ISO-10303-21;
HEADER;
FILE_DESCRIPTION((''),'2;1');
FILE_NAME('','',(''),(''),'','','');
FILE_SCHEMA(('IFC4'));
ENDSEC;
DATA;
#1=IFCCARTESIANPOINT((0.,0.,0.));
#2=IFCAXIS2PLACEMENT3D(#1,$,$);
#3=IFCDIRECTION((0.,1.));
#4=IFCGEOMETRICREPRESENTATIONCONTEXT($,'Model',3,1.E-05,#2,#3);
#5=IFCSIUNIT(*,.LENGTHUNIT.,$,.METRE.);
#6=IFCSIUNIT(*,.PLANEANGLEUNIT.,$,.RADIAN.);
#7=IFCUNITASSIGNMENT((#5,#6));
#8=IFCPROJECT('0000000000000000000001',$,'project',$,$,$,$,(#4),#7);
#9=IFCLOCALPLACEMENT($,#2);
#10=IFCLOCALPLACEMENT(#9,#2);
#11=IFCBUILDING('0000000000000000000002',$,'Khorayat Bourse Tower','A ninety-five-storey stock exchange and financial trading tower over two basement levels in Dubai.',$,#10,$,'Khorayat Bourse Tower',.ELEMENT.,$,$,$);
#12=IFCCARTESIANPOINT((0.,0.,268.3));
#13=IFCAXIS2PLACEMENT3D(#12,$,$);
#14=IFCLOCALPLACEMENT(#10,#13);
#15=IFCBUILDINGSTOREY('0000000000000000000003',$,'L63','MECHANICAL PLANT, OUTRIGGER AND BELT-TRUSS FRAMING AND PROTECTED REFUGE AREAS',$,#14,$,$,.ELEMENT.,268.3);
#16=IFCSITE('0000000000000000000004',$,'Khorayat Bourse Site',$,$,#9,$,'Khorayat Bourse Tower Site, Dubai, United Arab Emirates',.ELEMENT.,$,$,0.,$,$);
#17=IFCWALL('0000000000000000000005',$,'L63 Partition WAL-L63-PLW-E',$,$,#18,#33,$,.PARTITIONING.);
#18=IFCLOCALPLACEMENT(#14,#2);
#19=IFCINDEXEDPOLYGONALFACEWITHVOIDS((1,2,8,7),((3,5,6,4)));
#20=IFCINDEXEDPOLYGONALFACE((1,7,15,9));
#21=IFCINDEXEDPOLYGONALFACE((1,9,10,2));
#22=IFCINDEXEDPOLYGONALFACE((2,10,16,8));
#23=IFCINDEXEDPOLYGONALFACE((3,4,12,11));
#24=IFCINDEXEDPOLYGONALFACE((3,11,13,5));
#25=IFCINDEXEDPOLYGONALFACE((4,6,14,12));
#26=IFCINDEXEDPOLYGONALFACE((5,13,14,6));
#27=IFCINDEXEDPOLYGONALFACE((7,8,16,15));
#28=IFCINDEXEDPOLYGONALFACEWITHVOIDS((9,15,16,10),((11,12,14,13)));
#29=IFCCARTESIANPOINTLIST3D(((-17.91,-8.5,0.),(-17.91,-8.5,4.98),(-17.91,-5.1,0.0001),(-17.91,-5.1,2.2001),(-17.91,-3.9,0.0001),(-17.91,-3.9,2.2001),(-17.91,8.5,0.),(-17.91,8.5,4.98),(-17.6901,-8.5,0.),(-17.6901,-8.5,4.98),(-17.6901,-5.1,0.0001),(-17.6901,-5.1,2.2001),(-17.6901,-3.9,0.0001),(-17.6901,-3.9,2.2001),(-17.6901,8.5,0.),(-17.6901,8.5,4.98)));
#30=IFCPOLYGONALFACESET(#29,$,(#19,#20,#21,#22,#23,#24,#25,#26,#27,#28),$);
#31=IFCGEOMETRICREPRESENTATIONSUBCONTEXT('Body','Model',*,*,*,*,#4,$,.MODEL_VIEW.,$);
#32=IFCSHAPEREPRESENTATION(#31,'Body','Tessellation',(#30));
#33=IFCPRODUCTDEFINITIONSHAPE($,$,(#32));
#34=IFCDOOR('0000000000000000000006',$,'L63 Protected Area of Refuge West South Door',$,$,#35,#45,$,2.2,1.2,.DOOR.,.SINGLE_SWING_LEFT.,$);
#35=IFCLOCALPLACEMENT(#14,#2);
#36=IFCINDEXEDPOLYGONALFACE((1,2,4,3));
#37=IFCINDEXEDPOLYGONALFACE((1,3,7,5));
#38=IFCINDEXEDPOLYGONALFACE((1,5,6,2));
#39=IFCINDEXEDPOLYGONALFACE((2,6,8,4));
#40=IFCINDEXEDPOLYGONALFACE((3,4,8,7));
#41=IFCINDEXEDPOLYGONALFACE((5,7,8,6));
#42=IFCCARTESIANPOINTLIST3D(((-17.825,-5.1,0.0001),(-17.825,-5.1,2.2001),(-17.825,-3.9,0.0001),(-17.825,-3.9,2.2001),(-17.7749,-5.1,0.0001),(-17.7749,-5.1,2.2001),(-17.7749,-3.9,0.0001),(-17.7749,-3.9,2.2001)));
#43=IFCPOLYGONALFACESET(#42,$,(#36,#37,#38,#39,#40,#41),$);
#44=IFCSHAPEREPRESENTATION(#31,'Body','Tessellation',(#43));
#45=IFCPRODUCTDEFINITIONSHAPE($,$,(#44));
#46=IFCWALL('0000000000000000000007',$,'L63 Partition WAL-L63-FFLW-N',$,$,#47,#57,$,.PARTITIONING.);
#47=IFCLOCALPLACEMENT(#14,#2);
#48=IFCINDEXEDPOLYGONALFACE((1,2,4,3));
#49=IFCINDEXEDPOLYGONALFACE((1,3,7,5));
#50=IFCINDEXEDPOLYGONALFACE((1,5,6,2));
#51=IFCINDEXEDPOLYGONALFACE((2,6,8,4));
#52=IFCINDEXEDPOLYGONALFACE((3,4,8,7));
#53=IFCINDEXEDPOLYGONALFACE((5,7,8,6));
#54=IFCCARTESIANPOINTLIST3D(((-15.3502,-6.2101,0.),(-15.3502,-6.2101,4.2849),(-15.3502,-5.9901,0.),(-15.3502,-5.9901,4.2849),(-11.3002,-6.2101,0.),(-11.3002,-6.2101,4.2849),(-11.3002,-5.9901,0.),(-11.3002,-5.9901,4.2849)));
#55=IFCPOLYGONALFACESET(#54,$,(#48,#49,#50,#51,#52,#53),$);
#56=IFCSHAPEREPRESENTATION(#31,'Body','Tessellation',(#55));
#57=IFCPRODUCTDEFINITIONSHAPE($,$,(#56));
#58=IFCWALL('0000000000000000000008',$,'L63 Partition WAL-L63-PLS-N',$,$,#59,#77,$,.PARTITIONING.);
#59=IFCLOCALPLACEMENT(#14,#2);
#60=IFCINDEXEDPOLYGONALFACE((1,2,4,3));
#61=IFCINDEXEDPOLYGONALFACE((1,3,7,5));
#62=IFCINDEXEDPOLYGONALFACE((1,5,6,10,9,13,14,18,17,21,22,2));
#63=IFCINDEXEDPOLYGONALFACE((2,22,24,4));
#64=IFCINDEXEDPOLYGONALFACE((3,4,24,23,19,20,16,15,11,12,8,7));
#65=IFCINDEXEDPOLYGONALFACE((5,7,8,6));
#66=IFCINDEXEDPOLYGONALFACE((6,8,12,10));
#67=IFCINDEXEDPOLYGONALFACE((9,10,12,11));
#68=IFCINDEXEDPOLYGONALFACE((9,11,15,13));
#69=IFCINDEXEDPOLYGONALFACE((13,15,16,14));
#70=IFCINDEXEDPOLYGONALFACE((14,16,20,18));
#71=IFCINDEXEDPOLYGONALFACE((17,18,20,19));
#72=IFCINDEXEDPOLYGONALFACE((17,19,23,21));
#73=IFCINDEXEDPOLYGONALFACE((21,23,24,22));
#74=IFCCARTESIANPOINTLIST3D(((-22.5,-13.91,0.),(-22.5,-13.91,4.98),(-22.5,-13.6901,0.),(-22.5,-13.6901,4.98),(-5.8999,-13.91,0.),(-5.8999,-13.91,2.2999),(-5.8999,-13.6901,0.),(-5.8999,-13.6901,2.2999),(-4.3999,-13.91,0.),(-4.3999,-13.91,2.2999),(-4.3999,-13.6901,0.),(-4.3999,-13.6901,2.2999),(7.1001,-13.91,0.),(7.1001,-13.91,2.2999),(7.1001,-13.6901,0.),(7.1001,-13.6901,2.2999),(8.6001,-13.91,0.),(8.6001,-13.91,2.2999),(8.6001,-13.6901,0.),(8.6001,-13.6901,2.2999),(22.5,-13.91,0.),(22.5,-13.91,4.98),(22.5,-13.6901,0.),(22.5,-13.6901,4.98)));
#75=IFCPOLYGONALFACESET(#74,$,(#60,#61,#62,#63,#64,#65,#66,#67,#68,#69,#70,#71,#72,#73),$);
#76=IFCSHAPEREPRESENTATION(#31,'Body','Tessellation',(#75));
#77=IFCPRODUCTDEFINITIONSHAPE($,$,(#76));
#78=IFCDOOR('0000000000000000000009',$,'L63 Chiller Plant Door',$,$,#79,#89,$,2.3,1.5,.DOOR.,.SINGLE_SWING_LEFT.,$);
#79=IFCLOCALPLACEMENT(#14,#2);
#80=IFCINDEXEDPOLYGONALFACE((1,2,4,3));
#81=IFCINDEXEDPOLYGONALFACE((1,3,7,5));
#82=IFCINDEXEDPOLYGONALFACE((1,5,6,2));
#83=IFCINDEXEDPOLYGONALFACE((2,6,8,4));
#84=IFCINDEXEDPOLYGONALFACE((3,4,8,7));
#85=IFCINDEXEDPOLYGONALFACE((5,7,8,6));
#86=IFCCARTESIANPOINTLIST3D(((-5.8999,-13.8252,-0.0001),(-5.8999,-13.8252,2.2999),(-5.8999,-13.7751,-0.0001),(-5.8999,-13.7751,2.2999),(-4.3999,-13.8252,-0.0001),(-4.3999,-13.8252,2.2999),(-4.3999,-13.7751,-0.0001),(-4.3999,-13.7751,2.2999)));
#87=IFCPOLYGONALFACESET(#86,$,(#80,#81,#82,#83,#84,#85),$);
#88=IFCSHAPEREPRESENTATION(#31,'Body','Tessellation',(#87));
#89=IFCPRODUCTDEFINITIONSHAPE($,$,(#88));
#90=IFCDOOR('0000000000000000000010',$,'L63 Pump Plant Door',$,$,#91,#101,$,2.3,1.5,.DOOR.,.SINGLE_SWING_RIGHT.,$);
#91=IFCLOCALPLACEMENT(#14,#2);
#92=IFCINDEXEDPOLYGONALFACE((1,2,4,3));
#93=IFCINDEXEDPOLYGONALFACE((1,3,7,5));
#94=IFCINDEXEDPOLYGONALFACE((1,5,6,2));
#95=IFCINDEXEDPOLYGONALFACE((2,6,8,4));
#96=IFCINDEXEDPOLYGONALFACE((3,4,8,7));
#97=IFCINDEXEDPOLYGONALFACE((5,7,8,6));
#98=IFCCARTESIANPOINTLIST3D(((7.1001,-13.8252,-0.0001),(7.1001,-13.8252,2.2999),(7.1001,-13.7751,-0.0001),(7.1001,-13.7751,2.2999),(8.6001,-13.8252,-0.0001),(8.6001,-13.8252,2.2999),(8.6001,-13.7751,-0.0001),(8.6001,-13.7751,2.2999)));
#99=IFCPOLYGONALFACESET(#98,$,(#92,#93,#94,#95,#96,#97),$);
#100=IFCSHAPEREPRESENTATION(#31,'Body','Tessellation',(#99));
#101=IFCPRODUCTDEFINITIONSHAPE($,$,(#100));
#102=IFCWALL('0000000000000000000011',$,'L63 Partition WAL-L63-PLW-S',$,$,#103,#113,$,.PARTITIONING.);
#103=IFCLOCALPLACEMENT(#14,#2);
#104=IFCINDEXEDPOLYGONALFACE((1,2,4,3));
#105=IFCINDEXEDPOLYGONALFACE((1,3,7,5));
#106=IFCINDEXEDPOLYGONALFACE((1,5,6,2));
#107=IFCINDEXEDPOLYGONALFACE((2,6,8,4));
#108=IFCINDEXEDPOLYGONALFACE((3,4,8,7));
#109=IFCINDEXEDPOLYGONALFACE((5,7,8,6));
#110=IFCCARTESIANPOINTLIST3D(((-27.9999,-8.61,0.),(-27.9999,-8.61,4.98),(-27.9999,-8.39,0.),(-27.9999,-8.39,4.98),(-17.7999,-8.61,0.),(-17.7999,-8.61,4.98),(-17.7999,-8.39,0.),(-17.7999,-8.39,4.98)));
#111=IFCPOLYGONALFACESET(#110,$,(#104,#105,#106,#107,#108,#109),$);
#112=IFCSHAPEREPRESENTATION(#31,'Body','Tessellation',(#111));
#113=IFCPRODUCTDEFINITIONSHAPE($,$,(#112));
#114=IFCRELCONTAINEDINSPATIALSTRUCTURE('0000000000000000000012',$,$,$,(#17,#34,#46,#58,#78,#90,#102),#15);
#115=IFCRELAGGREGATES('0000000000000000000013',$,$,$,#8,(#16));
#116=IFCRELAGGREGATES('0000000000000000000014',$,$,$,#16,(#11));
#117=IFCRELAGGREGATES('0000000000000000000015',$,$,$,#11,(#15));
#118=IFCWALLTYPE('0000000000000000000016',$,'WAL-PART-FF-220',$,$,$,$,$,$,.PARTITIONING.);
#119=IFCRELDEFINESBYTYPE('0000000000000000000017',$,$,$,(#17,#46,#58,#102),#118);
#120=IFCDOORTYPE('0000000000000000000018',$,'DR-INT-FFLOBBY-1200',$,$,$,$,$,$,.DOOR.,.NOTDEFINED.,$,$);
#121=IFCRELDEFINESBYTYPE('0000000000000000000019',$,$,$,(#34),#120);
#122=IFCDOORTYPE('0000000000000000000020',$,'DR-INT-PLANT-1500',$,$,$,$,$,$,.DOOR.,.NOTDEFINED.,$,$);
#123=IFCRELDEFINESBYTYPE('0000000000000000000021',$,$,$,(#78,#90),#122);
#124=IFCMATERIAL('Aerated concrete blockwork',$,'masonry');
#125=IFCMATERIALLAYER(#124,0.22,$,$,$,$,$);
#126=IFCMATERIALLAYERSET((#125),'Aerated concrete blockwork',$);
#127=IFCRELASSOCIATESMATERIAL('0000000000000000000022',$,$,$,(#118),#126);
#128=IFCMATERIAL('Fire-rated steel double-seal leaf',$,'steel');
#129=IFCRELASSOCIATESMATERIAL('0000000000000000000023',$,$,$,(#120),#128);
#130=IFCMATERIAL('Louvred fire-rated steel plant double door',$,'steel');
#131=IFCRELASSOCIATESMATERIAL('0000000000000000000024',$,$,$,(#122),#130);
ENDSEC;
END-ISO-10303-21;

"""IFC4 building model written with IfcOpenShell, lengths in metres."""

from ifc_helpers import new_model, si_unit, direction, frame, frame_2d, origin, place, context, subcontext, project, spatial, rectangle, extrude, source, transform, mapped, material, layer, layer_set, type_object, element, fill, save


model = new_model("IFC4")

# Units and contexts
model_context = context("Model", 3, precision=1e-05, world=origin(), true_north=direction((0.0, 1.0)))
body_context = subcontext(model_context, "Body", "Model", "MODEL_VIEW")
ifc_project = project(units=[si_unit("LENGTHUNIT", "METRE"), si_unit("PLANEANGLEUNIT", "RADIAN")], contexts=[model_context])

# Site, building, storey
site_placement = place(None, origin())
site = spatial("IfcSite", under=ifc_project, at=site_placement, Name="Khorayat Bourse Site", LongName="Khorayat Bourse Tower Site, Dubai, United Arab Emirates", CompositionType="ELEMENT", RefElevation=0.0)
building_placement = place(site_placement, origin())
building = spatial("IfcBuilding", under=site, at=building_placement, Name="Khorayat Bourse Tower", Description="A ninety-five-storey stock exchange and financial trading tower over two basement levels in Dubai.", LongName="Khorayat Bourse Tower", CompositionType="ELEMENT")
storey_placement = place(building_placement, frame((0.0, 0.0, 268.3)))
storey = spatial("IfcBuildingStorey", under=building, at=storey_placement, Name="L63", Description="MECHANICAL PLANT, OUTRIGGER AND BELT-TRUSS FRAMING AND PROTECTED REFUGE AREAS", CompositionType="ELEMENT", Elevation=268.3)

# Shared definitions
ifc_material_1 = material(Name="Aerated concrete blockwork", Category="masonry")
ifc_layer_1 = layer(ifc_material_1, 0.22)
ifc_layer_set_1 = layer_set([ifc_layer_1], Name="Aerated concrete blockwork")
wall_type_1 = type_object("IfcWallType", Name="WAL-PART-FF-220", PredefinedType="PARTITIONING", material=ifc_layer_set_1)

# Shared definitions
shared_shape_1 = source(origin(), body_context, "Body", "SweptSolid", [
    extrude(rectangle(XDim=1.2, YDim=2.2, at=frame_2d((0.6001, 1.1001))), frame((0.0, 0.1199, 0.0), z_axis=(0.0, -1.0, 0.0), x_axis=(1.0, 0.0, 0.0)), (0.0, 0.0, 1.0), 0.24),
])
ifc_material_2 = material(Name="Fire-rated steel double-seal leaf", Category="steel")
door_type_1 = type_object("IfcDoorType", Name="DR-INT-FFLOBBY-1200", OperationType="NOTDEFINED", PredefinedType="DOOR", material=ifc_material_2)
shared_shape_2 = source(origin(), body_context, "Body", "SweptSolid", [
    extrude(rectangle(XDim=1.2, YDim=2.2, at=frame_2d((0.6001, 1.1001))), frame((0.0, 0.0249, 0.0), z_axis=(0.0, -1.0, 0.0), x_axis=(1.0, 0.0, 0.0)), (0.0, 0.0, 1.0), 0.05),
])

# Wall, opening, door
shared_shape_3 = source(origin(), body_context, "Body", "SweptSolid", [
    extrude(rectangle(XDim=17.0, YDim=0.22, at=frame_2d((8.5, 0.0))), origin(), (0.0, 0.0, 1.0), 4.98),
])
wall_1_placement = place(storey_placement, frame((-17.8, -8.5, 0.0), z_axis=(0.0, 0.0, 1.0), x_axis=(0.0, 1.0, 0.0)))
wall_1 = element("IfcWall", 1, at=wall_1_placement, inside=storey, type_object=wall_type_1, Name="L63 Partition WAL-L63-PLW-E", PredefinedType="PARTITIONING", context=body_context, shape_type="MappedRepresentation", body=[
    mapped(shared_shape_3, transform((0.0, 0.0, 0.0), scale=1.0)),
])
opening_1_placement = place(wall_1_placement, frame((3.3999, 0.0, 0.0)))
opening_1 = element("IfcOpeningElement", 2, at=opening_1_placement, cuts=wall_1, PredefinedType="OPENING", context=body_context, shape_type="MappedRepresentation", body=[
    mapped(shared_shape_1, transform((0.0, 0.0, 0.0), scale=1.0)),
])
door_1_placement = place(opening_1_placement, origin())
door_1 = element("IfcDoor", 3, at=door_1_placement, inside=storey, type_object=door_type_1, Name="L63 Protected Area of Refuge West South Door", OperationType="SINGLE_SWING_LEFT", OverallHeight=2.2, OverallWidth=1.2, PredefinedType="DOOR", context=body_context, shape_type="MappedRepresentation", body=[
    mapped(shared_shape_2, transform((0.0, 0.0, 0.0), scale=1.0)),
])
fill(opening_1, door_1)

# Wall
shared_shape_4 = source(origin(), body_context, "Body", "SweptSolid", [
    extrude(rectangle(XDim=4.05, YDim=0.22, at=frame_2d((2.0249, 0.0))), origin(), (0.0, 0.0, 1.0), 4.2849),
])
wall_2_placement = place(storey_placement, frame((-15.3501, -6.1001, 0.0), z_axis=(0.0, 0.0, 1.0), x_axis=(1.0, 0.0, 0.0)))
element("IfcWall", 4, at=wall_2_placement, inside=storey, type_object=wall_type_1, Name="L63 Partition WAL-L63-FFLW-N", PredefinedType="PARTITIONING", context=body_context, shape_type="MappedRepresentation", body=[
    mapped(shared_shape_4, transform((0.0, 0.0, 0.0), scale=1.0)),
])

# Wall, openings, doors
shared_shape_5 = source(origin(), body_context, "Body", "SweptSolid", [
    extrude(rectangle(XDim=45.0, YDim=0.22, at=frame_2d((22.5, 0.0))), origin(), (0.0, 0.0, 1.0), 4.98),
])
wall_3_placement = place(storey_placement, frame((-22.5, -13.8, 0.0), z_axis=(0.0, 0.0, 1.0), x_axis=(1.0, 0.0, 0.0)))
wall_3 = element("IfcWall", 5, at=wall_3_placement, inside=storey, type_object=wall_type_1, Name="L63 Partition WAL-L63-PLS-N", PredefinedType="PARTITIONING", context=body_context, shape_type="MappedRepresentation", body=[
    mapped(shared_shape_5, transform((0.0, 0.0, 0.0), scale=1.0)),
])
shared_shape_6 = source(origin(), body_context, "Body", "SweptSolid", [
    extrude(rectangle(XDim=1.5, YDim=2.3, at=frame_2d((0.75, 1.1499))), frame((0.0, 0.1199, 0.0), z_axis=(0.0, -1.0, 0.0), x_axis=(1.0, 0.0, 0.0)), (0.0, 0.0, 1.0), 0.24),
])
opening_2_placement = place(wall_3_placement, frame((16.6001, 0.0, 0.0)))
opening_2 = element("IfcOpeningElement", 6, at=opening_2_placement, cuts=wall_3, PredefinedType="OPENING", context=body_context, shape_type="MappedRepresentation", body=[
    mapped(shared_shape_6, transform((0.0, 0.0, 0.0), scale=1.0)),
])
opening_3_placement = place(wall_3_placement, frame((29.6001, 0.0, 0.0)))
opening_3 = element("IfcOpeningElement", 7, at=opening_3_placement, cuts=wall_3, PredefinedType="OPENING", context=body_context, shape_type="MappedRepresentation", body=[
    mapped(shared_shape_6, transform((0.0, 0.0, 0.0), scale=1.0)),
])
ifc_material_3 = material(Name="Louvred fire-rated steel plant double door", Category="steel")
door_type_2 = type_object("IfcDoorType", Name="DR-INT-PLANT-1500", OperationType="NOTDEFINED", PredefinedType="DOOR", material=ifc_material_3)
shared_shape_7 = source(origin(), body_context, "Body", "SweptSolid", [
    extrude(rectangle(XDim=1.5, YDim=2.3, at=frame_2d((0.75, 1.1499))), frame((0.0, 0.0249, 0.0), z_axis=(0.0, -1.0, 0.0), x_axis=(1.0, 0.0, 0.0)), (0.0, 0.0, 1.0), 0.05),
])
door_2_placement = place(opening_2_placement, origin())
door_2 = element("IfcDoor", 8, at=door_2_placement, inside=storey, type_object=door_type_2, Name="L63 Chiller Plant Door", OperationType="SINGLE_SWING_LEFT", OverallHeight=2.3, OverallWidth=1.5, PredefinedType="DOOR", context=body_context, shape_type="MappedRepresentation", body=[
    mapped(shared_shape_7, transform((0.0, 0.0, 0.0), scale=1.0)),
])
fill(opening_2, door_2)
door_3_placement = place(opening_3_placement, origin())
door_3 = element("IfcDoor", 9, at=door_3_placement, inside=storey, type_object=door_type_2, Name="L63 Pump Plant Door", OperationType="SINGLE_SWING_RIGHT", OverallHeight=2.3, OverallWidth=1.5, PredefinedType="DOOR", context=body_context, shape_type="MappedRepresentation", body=[
    mapped(shared_shape_7, transform((0.0, 0.0, 0.0), scale=1.0)),
])
fill(opening_3, door_3)

# Wall
shared_shape_8 = source(origin(), body_context, "Body", "SweptSolid", [
    extrude(rectangle(XDim=10.2, YDim=0.22, at=frame_2d((5.1001, 0.0))), origin(), (0.0, 0.0, 1.0), 4.98),
])
wall_4_placement = place(storey_placement, frame((-28.0, -8.5, 0.0), z_axis=(0.0, 0.0, 1.0), x_axis=(1.0, 0.0, 0.0)))
element("IfcWall", 10, at=wall_4_placement, inside=storey, type_object=wall_type_1, Name="L63 Partition WAL-L63-PLW-S", PredefinedType="PARTITIONING", context=body_context, shape_type="MappedRepresentation", body=[
    mapped(shared_shape_8, transform((0.0, 0.0, 0.0), scale=1.0)),
])

save(model, "model.ifc")
